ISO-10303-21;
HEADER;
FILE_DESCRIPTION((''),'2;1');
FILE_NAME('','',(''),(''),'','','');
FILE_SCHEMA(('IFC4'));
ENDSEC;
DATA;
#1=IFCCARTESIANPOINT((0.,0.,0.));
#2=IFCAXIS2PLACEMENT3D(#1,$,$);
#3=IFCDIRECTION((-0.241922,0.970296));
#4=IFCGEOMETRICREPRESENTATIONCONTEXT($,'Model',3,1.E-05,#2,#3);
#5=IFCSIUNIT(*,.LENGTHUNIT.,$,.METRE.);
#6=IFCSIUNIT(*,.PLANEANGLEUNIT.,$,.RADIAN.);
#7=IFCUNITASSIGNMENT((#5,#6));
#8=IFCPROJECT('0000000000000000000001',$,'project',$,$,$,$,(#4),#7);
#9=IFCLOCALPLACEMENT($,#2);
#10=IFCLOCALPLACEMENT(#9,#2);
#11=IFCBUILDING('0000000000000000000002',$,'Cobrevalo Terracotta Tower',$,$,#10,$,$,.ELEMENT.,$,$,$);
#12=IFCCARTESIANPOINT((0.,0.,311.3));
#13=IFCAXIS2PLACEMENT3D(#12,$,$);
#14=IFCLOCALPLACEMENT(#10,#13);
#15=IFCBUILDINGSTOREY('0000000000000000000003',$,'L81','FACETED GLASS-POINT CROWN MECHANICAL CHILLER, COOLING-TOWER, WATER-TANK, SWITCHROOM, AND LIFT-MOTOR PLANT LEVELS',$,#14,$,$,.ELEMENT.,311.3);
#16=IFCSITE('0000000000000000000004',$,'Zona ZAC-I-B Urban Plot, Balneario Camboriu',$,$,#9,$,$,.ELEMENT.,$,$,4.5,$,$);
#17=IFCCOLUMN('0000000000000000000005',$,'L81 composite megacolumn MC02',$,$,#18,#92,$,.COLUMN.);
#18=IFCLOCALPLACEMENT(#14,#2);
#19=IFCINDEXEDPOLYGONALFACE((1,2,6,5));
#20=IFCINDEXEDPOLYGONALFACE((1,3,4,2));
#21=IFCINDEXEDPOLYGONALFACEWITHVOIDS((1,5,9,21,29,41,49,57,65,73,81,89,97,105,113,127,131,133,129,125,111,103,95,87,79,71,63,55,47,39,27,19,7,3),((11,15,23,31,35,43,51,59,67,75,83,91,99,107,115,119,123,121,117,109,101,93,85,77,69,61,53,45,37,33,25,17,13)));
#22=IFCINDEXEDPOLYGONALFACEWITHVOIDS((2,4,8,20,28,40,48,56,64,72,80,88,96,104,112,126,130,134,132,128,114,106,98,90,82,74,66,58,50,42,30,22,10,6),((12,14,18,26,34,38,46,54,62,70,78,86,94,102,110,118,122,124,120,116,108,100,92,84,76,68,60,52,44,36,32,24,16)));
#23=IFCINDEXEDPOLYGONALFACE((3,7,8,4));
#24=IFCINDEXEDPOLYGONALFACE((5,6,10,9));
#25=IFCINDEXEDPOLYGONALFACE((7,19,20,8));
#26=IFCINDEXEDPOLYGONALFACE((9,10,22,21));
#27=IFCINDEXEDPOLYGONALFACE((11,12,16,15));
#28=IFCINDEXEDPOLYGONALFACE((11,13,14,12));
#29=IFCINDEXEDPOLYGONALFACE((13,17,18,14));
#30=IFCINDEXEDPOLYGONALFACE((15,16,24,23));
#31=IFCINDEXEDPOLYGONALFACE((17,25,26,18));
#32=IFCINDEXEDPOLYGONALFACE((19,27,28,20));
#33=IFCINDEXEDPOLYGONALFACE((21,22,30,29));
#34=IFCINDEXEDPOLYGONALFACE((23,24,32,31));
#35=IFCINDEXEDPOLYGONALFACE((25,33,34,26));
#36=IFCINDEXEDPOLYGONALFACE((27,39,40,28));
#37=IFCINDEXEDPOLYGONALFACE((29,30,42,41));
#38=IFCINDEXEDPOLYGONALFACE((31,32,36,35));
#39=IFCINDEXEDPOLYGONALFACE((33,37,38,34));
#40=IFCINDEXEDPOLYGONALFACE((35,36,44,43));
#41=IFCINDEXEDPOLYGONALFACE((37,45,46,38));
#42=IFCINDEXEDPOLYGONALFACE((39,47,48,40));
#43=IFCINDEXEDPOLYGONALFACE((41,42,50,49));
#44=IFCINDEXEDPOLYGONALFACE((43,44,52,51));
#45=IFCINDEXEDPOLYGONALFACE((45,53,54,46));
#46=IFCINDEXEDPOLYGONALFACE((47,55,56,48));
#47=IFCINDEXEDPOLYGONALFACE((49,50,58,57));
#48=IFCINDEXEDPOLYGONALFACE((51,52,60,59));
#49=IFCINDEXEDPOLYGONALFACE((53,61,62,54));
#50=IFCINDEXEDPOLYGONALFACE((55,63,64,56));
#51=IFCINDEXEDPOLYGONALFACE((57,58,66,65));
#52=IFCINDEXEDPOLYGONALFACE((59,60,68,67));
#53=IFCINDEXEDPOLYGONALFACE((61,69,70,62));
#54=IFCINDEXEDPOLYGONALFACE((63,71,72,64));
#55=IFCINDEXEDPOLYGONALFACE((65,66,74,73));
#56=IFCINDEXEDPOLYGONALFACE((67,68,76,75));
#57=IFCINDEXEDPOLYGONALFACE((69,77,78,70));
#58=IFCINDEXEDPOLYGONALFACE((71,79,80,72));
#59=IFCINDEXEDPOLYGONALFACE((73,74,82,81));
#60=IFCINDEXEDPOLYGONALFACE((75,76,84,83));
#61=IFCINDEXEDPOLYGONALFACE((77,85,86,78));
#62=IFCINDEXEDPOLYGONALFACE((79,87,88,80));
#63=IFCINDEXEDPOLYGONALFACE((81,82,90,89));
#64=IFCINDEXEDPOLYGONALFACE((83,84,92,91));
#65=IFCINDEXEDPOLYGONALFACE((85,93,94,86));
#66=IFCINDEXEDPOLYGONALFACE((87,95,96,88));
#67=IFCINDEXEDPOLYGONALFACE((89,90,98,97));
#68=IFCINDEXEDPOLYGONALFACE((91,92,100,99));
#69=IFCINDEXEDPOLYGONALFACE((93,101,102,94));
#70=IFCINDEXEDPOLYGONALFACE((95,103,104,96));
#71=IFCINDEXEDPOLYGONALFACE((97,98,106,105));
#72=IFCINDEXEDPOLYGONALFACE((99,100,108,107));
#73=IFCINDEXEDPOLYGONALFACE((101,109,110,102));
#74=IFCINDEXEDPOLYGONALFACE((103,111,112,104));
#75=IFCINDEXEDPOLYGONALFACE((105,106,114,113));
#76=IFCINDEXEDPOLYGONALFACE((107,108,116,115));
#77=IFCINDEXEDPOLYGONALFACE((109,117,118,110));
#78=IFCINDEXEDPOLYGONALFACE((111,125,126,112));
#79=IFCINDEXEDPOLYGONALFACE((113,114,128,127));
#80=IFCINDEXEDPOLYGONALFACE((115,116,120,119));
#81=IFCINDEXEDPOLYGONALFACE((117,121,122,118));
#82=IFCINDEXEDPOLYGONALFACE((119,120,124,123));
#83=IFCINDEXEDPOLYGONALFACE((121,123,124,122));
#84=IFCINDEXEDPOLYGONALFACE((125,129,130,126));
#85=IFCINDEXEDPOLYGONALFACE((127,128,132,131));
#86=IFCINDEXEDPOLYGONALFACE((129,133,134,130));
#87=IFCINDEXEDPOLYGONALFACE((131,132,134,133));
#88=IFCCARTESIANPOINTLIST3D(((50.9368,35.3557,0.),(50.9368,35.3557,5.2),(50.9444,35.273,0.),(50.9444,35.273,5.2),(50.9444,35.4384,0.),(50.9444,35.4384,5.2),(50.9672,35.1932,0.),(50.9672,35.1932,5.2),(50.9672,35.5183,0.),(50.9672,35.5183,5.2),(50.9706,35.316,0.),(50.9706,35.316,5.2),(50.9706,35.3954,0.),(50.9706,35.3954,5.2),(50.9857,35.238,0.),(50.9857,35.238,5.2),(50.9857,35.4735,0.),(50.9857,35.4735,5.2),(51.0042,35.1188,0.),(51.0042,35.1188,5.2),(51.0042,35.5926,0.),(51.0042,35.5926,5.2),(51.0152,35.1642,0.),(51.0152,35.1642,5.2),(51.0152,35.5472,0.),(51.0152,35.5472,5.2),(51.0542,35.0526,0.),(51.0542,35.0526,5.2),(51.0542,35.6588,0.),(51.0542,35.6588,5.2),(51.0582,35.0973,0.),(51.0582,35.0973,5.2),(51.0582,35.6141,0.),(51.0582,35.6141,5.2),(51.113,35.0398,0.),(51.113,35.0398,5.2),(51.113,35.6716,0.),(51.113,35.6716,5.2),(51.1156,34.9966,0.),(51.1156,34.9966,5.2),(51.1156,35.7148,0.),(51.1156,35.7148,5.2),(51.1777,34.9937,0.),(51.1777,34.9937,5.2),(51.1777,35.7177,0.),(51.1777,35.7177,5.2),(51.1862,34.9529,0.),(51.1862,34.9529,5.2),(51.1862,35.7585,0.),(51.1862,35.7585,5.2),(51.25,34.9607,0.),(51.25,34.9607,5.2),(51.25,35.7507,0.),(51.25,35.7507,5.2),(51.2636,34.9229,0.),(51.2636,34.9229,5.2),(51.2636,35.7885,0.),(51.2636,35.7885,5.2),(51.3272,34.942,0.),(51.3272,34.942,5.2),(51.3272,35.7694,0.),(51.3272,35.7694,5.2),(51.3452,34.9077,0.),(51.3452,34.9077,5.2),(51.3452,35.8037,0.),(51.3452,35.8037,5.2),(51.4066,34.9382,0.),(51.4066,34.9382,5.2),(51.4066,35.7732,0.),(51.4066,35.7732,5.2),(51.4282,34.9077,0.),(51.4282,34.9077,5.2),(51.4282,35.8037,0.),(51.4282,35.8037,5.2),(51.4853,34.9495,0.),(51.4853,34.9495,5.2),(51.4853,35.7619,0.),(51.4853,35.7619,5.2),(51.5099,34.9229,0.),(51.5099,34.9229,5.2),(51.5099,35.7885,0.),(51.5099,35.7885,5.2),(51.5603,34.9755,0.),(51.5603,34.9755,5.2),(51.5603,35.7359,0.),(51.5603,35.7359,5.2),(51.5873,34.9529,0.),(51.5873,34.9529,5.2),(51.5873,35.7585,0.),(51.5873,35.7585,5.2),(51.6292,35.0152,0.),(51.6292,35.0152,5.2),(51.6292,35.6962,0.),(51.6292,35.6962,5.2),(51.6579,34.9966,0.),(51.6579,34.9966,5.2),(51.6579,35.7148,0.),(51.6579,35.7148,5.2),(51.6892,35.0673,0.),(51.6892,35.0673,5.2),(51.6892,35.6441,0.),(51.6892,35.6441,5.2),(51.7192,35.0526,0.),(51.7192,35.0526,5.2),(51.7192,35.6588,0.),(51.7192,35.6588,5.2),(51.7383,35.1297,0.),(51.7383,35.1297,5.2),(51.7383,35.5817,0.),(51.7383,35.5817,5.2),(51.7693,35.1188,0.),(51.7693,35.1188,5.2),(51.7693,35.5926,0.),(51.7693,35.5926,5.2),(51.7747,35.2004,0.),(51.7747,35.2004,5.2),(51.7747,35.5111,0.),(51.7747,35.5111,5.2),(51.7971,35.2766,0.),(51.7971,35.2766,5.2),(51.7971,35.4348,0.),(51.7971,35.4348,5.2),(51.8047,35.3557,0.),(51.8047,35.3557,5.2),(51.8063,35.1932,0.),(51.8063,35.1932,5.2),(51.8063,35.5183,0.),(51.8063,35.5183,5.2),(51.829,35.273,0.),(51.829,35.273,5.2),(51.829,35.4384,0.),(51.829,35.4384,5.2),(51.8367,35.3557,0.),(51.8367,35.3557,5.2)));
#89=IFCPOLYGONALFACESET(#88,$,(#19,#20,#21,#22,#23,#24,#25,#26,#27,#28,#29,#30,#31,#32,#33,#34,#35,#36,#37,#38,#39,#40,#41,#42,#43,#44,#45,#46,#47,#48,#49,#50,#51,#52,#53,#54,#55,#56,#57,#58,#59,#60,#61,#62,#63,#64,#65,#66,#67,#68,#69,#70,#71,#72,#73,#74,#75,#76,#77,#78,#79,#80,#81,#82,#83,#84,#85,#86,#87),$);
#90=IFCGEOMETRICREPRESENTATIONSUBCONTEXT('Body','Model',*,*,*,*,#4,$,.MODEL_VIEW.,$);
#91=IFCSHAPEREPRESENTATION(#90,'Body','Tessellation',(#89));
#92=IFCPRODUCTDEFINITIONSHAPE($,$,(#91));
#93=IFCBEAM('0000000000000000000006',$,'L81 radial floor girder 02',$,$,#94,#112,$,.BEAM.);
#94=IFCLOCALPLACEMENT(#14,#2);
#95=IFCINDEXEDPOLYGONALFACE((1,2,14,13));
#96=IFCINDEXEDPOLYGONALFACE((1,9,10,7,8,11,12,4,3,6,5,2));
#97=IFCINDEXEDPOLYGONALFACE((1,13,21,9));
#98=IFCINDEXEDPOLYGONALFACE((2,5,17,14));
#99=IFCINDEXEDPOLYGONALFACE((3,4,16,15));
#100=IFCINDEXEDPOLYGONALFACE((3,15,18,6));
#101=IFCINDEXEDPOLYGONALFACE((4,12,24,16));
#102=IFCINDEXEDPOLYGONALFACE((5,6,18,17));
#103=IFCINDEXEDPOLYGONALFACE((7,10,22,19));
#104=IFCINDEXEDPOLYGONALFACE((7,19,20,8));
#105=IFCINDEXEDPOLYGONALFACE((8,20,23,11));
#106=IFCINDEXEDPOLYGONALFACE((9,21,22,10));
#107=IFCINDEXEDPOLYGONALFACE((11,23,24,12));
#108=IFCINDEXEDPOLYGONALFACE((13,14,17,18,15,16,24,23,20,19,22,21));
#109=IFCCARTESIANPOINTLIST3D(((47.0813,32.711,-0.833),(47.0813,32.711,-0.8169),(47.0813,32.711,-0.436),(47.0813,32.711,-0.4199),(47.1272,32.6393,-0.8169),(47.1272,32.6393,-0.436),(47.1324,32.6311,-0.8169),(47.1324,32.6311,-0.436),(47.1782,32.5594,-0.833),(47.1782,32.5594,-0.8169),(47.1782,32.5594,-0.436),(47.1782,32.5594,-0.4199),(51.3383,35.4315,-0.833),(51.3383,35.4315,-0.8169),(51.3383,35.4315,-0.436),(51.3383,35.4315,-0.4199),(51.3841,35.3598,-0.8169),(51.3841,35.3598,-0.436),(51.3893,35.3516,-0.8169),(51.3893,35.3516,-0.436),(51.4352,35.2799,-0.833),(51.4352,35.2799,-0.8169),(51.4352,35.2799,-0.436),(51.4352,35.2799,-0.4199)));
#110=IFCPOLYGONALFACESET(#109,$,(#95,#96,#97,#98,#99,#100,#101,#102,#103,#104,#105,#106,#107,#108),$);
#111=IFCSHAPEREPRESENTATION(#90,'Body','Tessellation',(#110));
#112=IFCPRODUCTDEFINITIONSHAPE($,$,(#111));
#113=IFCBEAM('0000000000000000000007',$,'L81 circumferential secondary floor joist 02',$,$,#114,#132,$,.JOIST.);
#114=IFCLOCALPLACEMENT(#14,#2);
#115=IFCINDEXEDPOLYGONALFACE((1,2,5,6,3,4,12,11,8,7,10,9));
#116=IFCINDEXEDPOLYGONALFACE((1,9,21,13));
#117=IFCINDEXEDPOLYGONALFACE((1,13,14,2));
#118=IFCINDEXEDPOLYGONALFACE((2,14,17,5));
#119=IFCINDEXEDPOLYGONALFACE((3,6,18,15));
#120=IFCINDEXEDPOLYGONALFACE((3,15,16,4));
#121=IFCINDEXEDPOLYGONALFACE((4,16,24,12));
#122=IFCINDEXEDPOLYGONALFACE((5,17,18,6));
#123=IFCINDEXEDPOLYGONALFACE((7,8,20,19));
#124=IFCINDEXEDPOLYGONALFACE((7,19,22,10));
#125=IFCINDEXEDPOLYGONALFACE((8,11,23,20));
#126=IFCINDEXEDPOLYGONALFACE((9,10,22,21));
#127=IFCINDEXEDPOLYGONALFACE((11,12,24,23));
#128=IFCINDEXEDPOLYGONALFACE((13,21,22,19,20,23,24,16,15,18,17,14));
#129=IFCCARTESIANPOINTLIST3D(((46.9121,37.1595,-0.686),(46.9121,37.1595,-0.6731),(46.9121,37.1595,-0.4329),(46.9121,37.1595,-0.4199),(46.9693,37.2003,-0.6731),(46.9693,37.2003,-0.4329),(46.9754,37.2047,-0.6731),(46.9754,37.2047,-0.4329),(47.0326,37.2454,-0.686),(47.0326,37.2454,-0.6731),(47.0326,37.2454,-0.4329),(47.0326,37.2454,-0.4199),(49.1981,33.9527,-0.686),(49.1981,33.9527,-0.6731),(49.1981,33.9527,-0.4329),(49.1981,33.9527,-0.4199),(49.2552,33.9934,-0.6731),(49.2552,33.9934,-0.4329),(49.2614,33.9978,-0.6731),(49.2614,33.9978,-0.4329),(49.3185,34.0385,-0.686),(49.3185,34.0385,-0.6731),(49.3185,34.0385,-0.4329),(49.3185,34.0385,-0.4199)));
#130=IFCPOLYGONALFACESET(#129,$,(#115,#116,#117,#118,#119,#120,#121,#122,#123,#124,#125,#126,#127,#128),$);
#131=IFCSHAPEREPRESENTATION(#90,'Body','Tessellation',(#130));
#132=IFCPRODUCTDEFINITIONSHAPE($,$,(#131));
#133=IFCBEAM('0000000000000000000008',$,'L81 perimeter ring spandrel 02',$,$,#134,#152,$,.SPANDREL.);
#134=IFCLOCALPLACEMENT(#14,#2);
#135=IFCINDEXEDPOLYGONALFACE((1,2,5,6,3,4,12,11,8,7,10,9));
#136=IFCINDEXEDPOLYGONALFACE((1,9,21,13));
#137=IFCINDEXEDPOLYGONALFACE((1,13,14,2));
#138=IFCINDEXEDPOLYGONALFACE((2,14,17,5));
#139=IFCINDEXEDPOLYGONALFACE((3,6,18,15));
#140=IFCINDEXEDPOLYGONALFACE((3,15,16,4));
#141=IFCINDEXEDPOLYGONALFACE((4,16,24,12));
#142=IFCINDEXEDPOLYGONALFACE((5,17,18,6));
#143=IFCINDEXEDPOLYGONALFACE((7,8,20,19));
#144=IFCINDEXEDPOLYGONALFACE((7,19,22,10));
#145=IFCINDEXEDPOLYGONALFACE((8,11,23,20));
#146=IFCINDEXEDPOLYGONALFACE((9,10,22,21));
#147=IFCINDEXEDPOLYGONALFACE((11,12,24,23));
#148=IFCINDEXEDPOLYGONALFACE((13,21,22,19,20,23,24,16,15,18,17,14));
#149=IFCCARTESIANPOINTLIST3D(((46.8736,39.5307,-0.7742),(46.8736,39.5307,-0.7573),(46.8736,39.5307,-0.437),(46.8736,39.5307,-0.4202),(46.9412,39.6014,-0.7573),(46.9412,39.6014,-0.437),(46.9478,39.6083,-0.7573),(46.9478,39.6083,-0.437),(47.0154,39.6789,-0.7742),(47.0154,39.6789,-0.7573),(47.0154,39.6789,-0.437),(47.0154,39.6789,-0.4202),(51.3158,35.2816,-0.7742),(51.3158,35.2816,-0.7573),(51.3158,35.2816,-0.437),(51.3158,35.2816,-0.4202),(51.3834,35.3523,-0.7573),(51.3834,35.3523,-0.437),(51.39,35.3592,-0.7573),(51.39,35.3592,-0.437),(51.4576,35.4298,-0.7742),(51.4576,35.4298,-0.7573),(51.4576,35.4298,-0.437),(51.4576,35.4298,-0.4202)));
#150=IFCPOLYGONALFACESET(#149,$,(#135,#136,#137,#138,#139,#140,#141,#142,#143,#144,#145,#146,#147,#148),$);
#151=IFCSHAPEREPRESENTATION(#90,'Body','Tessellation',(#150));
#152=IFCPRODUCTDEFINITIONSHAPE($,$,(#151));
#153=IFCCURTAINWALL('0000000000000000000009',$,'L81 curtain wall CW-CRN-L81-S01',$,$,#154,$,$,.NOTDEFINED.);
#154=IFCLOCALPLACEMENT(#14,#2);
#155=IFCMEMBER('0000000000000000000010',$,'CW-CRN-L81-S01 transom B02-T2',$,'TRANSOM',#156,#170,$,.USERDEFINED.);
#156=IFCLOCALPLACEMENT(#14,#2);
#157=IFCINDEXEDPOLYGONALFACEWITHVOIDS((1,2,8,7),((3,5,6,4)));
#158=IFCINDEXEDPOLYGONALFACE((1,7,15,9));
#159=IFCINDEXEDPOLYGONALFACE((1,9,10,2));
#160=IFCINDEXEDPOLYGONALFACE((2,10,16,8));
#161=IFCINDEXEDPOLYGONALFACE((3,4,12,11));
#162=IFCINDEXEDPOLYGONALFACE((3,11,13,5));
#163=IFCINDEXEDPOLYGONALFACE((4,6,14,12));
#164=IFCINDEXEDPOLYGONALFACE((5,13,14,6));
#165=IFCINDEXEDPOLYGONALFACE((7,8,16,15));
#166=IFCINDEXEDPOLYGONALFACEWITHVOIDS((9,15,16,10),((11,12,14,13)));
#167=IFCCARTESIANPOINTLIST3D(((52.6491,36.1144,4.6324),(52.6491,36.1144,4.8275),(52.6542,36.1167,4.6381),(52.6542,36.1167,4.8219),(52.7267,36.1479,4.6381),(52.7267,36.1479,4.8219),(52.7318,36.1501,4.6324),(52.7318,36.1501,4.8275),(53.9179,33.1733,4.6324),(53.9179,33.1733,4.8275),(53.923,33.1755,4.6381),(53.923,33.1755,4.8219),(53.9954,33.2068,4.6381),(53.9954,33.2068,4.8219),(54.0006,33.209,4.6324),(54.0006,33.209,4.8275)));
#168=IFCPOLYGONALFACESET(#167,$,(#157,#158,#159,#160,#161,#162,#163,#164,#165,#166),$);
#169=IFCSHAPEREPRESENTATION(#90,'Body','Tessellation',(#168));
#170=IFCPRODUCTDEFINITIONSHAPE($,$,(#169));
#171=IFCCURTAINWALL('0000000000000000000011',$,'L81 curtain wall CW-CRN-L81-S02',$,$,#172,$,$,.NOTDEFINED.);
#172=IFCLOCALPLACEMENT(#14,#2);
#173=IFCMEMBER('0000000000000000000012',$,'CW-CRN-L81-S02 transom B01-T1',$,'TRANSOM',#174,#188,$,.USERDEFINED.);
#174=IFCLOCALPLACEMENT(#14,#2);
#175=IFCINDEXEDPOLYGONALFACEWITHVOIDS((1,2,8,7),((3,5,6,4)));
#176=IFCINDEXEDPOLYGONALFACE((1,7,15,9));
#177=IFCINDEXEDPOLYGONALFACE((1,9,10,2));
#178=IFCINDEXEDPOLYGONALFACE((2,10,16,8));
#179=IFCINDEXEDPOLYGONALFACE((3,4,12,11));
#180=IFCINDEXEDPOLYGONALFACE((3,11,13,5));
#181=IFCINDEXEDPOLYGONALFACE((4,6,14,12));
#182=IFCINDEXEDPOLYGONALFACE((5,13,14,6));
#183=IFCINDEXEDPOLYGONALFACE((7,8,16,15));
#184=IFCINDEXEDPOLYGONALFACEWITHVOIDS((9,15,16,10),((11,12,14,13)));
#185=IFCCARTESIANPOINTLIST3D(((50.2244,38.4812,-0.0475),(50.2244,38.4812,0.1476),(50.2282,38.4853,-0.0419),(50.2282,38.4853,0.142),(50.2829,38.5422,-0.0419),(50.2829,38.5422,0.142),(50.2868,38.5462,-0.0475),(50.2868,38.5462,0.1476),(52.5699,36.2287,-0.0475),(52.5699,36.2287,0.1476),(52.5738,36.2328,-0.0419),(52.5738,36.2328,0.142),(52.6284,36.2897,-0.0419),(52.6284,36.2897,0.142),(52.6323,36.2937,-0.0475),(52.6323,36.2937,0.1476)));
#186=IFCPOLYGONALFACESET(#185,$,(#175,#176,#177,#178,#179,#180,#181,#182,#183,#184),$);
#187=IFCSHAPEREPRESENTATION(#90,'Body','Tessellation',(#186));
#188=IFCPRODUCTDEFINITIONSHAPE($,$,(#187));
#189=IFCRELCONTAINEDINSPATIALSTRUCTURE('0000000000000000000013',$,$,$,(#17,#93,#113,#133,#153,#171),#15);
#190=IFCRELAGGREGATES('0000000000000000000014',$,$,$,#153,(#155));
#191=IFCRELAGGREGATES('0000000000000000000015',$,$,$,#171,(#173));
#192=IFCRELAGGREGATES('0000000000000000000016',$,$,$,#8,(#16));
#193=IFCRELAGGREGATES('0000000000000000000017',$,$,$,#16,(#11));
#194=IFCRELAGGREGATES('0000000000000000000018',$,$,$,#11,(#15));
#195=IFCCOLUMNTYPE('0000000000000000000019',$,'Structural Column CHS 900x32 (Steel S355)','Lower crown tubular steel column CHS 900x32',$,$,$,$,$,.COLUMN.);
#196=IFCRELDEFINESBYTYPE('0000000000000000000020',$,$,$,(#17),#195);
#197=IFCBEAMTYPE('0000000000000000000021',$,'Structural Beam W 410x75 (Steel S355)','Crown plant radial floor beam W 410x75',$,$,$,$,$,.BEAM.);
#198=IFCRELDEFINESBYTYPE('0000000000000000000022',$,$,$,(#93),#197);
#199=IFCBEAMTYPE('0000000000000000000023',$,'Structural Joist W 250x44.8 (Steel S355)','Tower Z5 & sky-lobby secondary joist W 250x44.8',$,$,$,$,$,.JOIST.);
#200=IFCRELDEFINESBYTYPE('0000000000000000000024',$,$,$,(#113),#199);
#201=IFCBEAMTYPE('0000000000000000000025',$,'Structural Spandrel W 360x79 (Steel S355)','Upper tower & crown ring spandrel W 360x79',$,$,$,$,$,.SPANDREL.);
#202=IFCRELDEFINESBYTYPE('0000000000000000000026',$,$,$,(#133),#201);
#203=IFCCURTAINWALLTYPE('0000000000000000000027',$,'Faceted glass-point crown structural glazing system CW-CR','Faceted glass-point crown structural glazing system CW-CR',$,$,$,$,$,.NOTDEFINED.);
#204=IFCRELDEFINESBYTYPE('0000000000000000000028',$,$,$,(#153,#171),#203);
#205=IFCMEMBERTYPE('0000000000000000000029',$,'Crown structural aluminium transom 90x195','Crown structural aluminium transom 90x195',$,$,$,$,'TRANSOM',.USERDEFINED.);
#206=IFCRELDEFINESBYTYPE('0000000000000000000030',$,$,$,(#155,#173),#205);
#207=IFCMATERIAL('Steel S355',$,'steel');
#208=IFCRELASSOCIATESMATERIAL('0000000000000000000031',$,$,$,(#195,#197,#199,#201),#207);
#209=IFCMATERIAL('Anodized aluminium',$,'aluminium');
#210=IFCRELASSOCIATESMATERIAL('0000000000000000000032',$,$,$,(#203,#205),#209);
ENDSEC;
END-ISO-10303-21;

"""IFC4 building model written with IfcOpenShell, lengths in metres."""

from ifc_helpers import new_model, si_unit, direction, frame, origin, origin_2d, place, context, subcontext, project, spatial, hollow_rectangle, hollow_circle, i_section, extrude, source, transform, mapped, material, material_profile, profile_set, type_object, element, aggregate, save


model = new_model("IFC4")

# Units and contexts
model_context = context("Model", 3, precision=1e-05, world=origin(), true_north=direction((-0.241922, 0.970296)))
body_context = subcontext(model_context, "Body", "Model", "MODEL_VIEW")
ifc_project = project(units=[si_unit("LENGTHUNIT", "METRE"), si_unit("PLANEANGLEUNIT", "RADIAN")], contexts=[model_context])

# Site, building, storey
site_placement = place(None, origin())
site = spatial("IfcSite", under=ifc_project, at=site_placement, Name="Zona ZAC-I-B Urban Plot, Balneario Camboriu", CompositionType="ELEMENT", RefElevation=4.5)
building_placement = place(site_placement, origin())
building = spatial("IfcBuilding", under=site, at=building_placement, Name="Cobrevalo Terracotta Tower", CompositionType="ELEMENT")
storey_placement = place(building_placement, frame((0.0, 0.0, 311.3)))
storey = spatial("IfcBuildingStorey", under=building, at=storey_placement, Name="L81", Description="FACETED GLASS-POINT CROWN MECHANICAL CHILLER, COOLING-TOWER, WATER-TANK, SWITCHROOM, AND LIFT-MOTOR PLANT LEVELS", CompositionType="ELEMENT", Elevation=311.3)

# Column
ifc_material_1 = material(Name="Steel S355", Category="steel")
ifc_material_profile_1 = material_profile(ifc_material_1, hollow_circle(Radius=0.45, WallThickness=0.032, at=origin_2d()), Name="CHS 900x32")
ifc_profile_set_1 = profile_set([ifc_material_profile_1], Name="Steel S355")
column_type = type_object("IfcColumnType", Name="Structural Column CHS 900x32 (Steel S355)", Description="Lower crown tubular steel column CHS 900x32", PredefinedType="COLUMN", material=ifc_profile_set_1)
column_placement = place(storey_placement, frame((51.3867, 35.3557, 0.0), z_axis=(0.0, 0.0, 1.0), x_axis=(1.0, 0.0, 0.0)))
element("IfcColumn", 1, at=column_placement, inside=storey, type_object=column_type, Name="L81 composite megacolumn MC02", PredefinedType="COLUMN", context=body_context, shape_type="SweptSolid", body=[
    extrude(hollow_circle(Radius=0.45, WallThickness=0.032, at=origin_2d()), origin(), (0.0, 0.0, 1.0), 5.2),
])

# Beams
ifc_material_profile_2 = material_profile(ifc_material_1, i_section(OverallWidth=0.1799, OverallDepth=0.4131, WebThickness=0.0098, FlangeThickness=0.0161, at=origin_2d()), Name="W 410x75")
ifc_profile_set_2 = profile_set([ifc_material_profile_2], Name="Steel S355")
beam_type_1 = type_object("IfcBeamType", Name="Structural Beam W 410x75 (Steel S355)", Description="Crown plant radial floor beam W 410x75", PredefinedType="BEAM", material=ifc_profile_set_2)
beam_1_placement = place(storey_placement, frame((51.3867, 35.3557, -0.6265), z_axis=(-0.842623, -0.538504, 0.0), x_axis=(0.538504, -0.842623, 0.0)))
element("IfcBeam", 2, at=beam_1_placement, inside=storey, type_object=beam_type_1, Name="L81 radial floor girder 02", PredefinedType="BEAM", context=body_context, shape_type="SweptSolid", body=[
    extrude(i_section(OverallWidth=0.1799, OverallDepth=0.4131, WebThickness=0.0098, FlangeThickness=0.0161, at=origin_2d()), origin(), (0.0, 0.0, 1.0), 5.052),
])
ifc_material_profile_3 = material_profile(ifc_material_1, i_section(OverallWidth=0.1479, OverallDepth=0.2661, WebThickness=0.0076, FlangeThickness=0.0129, at=origin_2d()), Name="W 250x44.8")
ifc_profile_set_3 = profile_set([ifc_material_profile_3], Name="Steel S355")
beam_type_2 = type_object("IfcBeamType", Name="Structural Joist W 250x44.8 (Steel S355)", Description="Tower Z5 & sky-lobby secondary joist W 250x44.8", PredefinedType="JOIST", material=ifc_profile_set_3)
beam_2_placement = place(storey_placement, frame((49.2583, 33.9956, -0.553), z_axis=(-0.580452, 0.814294, 0.0), x_axis=(-0.814294, -0.580452, 0.0)))
element("IfcBeam", 3, at=beam_2_placement, inside=storey, type_object=beam_type_2, Name="L81 circumferential secondary floor joist 02", PredefinedType="JOIST", context=body_context, shape_type="SweptSolid", body=[
    extrude(i_section(OverallWidth=0.1479, OverallDepth=0.2661, WebThickness=0.0076, FlangeThickness=0.0129, at=origin_2d()), origin(), (0.0, 0.0, 1.0), 3.9382),
])
ifc_material_profile_4 = material_profile(ifc_material_1, i_section(OverallWidth=0.2051, OverallDepth=0.354, WebThickness=0.0095, FlangeThickness=0.0168, at=origin_2d()), Name="W 360x79")
ifc_profile_set_4 = profile_set([ifc_material_profile_4], Name="Steel S355")
beam_type_3 = type_object("IfcBeamType", Name="Structural Spandrel W 360x79 (Steel S355)", Description="Upper tower & crown ring spandrel W 360x79", PredefinedType="SPANDREL", material=ifc_profile_set_4)
beam_3_placement = place(storey_placement, frame((51.3867, 35.3557, -0.5972), z_axis=(-0.72264, 0.691224, 0.0), x_axis=(-0.691224, -0.72264, 0.0)))
element("IfcBeam", 4, at=beam_3_placement, inside=storey, type_object=beam_type_3, Name="L81 perimeter ring spandrel 02", PredefinedType="SPANDREL", context=body_context, shape_type="SweptSolid", body=[
    extrude(i_section(OverallWidth=0.2051, OverallDepth=0.354, WebThickness=0.0095, FlangeThickness=0.0168, at=origin_2d()), origin(), (0.0, 0.0, 1.0), 6.1472),
])

# Curtain wall, member
ifc_material_2 = material(Name="Anodized aluminium", Category="aluminium")
curtain_wall_type = type_object("IfcCurtainWallType", Name="Faceted glass-point crown structural glazing system CW-CR", Description="Faceted glass-point crown structural glazing system CW-CR", PredefinedType="NOTDEFINED", material=ifc_material_2)
curtain_wall_1_placement = place(storey_placement, origin())
curtain_wall_1 = element("IfcCurtainWall", 5, at=curtain_wall_1_placement, inside=storey, type_object=curtain_wall_type, Name="L81 curtain wall CW-CRN-L81-S01", PredefinedType="NOTDEFINED")
ifc_material_profile_5 = material_profile(ifc_material_2, hollow_rectangle(XDim=0.0901, YDim=0.1951, WallThickness=0.0056, at=origin_2d()), Name="CWT 90x195")
ifc_profile_set_5 = profile_set([ifc_material_profile_5], Name="Anodized aluminium")
member_type_1 = type_object("IfcMemberType", Name="Crown structural aluminium transom 90x195", Description="Crown structural aluminium transom 90x195", ElementType="TRANSOM", PredefinedType="USERDEFINED", material=ifc_profile_set_5)
shared_shape_1 = source(origin(), body_context, "Body", "SweptSolid", [
    extrude(hollow_rectangle(XDim=0.0901, YDim=0.1951, WallThickness=0.0056, at=origin_2d()), origin(), (0.0, 0.0, 1.0), 3.2031),
])
member_1_placement = place(storey_placement, frame((53.9592, 33.1912, 4.73), z_axis=(-0.396107, 0.918204, 0.0), x_axis=(-0.918204, -0.396107, 0.0)))
member_1 = element("IfcMember", 6, at=member_1_placement, type_object=member_type_1, Name="CW-CRN-L81-S01 transom B02-T2", ObjectType="TRANSOM", PredefinedType="USERDEFINED", context=body_context, shape_type="MappedRepresentation", body=[
    mapped(shared_shape_1, transform((0.0, 0.0, 0.0), scale=1.0)),
])

# Curtain wall, member
curtain_wall_2_placement = place(storey_placement, origin())
curtain_wall_2 = element("IfcCurtainWall", 7, at=curtain_wall_2_placement, inside=storey, type_object=curtain_wall_type, Name="L81 curtain wall CW-CRN-L81-S02", PredefinedType="NOTDEFINED")
shared_shape_2 = source(origin(), body_context, "Body", "SweptSolid", [
    extrude(hollow_rectangle(XDim=0.0901, YDim=0.1951, WallThickness=0.0056, at=origin_2d()), origin(), (0.0, 0.0, 1.0), 3.252),
])
member_2_placement = place(storey_placement, frame((52.6011, 36.2612, 0.05), z_axis=(-0.721264, 0.69266, 0.0), x_axis=(-0.69266, -0.721264, 0.0)))
member_2 = element("IfcMember", 8, at=member_2_placement, type_object=member_type_1, Name="CW-CRN-L81-S02 transom B01-T1", ObjectType="TRANSOM", PredefinedType="USERDEFINED", context=body_context, shape_type="MappedRepresentation", body=[
    mapped(shared_shape_2, transform((0.0, 0.0, 0.0), scale=1.0)),
])

aggregate(curtain_wall_1, [member_1])
aggregate(curtain_wall_2, [member_2])

save(model, "model.ifc")
